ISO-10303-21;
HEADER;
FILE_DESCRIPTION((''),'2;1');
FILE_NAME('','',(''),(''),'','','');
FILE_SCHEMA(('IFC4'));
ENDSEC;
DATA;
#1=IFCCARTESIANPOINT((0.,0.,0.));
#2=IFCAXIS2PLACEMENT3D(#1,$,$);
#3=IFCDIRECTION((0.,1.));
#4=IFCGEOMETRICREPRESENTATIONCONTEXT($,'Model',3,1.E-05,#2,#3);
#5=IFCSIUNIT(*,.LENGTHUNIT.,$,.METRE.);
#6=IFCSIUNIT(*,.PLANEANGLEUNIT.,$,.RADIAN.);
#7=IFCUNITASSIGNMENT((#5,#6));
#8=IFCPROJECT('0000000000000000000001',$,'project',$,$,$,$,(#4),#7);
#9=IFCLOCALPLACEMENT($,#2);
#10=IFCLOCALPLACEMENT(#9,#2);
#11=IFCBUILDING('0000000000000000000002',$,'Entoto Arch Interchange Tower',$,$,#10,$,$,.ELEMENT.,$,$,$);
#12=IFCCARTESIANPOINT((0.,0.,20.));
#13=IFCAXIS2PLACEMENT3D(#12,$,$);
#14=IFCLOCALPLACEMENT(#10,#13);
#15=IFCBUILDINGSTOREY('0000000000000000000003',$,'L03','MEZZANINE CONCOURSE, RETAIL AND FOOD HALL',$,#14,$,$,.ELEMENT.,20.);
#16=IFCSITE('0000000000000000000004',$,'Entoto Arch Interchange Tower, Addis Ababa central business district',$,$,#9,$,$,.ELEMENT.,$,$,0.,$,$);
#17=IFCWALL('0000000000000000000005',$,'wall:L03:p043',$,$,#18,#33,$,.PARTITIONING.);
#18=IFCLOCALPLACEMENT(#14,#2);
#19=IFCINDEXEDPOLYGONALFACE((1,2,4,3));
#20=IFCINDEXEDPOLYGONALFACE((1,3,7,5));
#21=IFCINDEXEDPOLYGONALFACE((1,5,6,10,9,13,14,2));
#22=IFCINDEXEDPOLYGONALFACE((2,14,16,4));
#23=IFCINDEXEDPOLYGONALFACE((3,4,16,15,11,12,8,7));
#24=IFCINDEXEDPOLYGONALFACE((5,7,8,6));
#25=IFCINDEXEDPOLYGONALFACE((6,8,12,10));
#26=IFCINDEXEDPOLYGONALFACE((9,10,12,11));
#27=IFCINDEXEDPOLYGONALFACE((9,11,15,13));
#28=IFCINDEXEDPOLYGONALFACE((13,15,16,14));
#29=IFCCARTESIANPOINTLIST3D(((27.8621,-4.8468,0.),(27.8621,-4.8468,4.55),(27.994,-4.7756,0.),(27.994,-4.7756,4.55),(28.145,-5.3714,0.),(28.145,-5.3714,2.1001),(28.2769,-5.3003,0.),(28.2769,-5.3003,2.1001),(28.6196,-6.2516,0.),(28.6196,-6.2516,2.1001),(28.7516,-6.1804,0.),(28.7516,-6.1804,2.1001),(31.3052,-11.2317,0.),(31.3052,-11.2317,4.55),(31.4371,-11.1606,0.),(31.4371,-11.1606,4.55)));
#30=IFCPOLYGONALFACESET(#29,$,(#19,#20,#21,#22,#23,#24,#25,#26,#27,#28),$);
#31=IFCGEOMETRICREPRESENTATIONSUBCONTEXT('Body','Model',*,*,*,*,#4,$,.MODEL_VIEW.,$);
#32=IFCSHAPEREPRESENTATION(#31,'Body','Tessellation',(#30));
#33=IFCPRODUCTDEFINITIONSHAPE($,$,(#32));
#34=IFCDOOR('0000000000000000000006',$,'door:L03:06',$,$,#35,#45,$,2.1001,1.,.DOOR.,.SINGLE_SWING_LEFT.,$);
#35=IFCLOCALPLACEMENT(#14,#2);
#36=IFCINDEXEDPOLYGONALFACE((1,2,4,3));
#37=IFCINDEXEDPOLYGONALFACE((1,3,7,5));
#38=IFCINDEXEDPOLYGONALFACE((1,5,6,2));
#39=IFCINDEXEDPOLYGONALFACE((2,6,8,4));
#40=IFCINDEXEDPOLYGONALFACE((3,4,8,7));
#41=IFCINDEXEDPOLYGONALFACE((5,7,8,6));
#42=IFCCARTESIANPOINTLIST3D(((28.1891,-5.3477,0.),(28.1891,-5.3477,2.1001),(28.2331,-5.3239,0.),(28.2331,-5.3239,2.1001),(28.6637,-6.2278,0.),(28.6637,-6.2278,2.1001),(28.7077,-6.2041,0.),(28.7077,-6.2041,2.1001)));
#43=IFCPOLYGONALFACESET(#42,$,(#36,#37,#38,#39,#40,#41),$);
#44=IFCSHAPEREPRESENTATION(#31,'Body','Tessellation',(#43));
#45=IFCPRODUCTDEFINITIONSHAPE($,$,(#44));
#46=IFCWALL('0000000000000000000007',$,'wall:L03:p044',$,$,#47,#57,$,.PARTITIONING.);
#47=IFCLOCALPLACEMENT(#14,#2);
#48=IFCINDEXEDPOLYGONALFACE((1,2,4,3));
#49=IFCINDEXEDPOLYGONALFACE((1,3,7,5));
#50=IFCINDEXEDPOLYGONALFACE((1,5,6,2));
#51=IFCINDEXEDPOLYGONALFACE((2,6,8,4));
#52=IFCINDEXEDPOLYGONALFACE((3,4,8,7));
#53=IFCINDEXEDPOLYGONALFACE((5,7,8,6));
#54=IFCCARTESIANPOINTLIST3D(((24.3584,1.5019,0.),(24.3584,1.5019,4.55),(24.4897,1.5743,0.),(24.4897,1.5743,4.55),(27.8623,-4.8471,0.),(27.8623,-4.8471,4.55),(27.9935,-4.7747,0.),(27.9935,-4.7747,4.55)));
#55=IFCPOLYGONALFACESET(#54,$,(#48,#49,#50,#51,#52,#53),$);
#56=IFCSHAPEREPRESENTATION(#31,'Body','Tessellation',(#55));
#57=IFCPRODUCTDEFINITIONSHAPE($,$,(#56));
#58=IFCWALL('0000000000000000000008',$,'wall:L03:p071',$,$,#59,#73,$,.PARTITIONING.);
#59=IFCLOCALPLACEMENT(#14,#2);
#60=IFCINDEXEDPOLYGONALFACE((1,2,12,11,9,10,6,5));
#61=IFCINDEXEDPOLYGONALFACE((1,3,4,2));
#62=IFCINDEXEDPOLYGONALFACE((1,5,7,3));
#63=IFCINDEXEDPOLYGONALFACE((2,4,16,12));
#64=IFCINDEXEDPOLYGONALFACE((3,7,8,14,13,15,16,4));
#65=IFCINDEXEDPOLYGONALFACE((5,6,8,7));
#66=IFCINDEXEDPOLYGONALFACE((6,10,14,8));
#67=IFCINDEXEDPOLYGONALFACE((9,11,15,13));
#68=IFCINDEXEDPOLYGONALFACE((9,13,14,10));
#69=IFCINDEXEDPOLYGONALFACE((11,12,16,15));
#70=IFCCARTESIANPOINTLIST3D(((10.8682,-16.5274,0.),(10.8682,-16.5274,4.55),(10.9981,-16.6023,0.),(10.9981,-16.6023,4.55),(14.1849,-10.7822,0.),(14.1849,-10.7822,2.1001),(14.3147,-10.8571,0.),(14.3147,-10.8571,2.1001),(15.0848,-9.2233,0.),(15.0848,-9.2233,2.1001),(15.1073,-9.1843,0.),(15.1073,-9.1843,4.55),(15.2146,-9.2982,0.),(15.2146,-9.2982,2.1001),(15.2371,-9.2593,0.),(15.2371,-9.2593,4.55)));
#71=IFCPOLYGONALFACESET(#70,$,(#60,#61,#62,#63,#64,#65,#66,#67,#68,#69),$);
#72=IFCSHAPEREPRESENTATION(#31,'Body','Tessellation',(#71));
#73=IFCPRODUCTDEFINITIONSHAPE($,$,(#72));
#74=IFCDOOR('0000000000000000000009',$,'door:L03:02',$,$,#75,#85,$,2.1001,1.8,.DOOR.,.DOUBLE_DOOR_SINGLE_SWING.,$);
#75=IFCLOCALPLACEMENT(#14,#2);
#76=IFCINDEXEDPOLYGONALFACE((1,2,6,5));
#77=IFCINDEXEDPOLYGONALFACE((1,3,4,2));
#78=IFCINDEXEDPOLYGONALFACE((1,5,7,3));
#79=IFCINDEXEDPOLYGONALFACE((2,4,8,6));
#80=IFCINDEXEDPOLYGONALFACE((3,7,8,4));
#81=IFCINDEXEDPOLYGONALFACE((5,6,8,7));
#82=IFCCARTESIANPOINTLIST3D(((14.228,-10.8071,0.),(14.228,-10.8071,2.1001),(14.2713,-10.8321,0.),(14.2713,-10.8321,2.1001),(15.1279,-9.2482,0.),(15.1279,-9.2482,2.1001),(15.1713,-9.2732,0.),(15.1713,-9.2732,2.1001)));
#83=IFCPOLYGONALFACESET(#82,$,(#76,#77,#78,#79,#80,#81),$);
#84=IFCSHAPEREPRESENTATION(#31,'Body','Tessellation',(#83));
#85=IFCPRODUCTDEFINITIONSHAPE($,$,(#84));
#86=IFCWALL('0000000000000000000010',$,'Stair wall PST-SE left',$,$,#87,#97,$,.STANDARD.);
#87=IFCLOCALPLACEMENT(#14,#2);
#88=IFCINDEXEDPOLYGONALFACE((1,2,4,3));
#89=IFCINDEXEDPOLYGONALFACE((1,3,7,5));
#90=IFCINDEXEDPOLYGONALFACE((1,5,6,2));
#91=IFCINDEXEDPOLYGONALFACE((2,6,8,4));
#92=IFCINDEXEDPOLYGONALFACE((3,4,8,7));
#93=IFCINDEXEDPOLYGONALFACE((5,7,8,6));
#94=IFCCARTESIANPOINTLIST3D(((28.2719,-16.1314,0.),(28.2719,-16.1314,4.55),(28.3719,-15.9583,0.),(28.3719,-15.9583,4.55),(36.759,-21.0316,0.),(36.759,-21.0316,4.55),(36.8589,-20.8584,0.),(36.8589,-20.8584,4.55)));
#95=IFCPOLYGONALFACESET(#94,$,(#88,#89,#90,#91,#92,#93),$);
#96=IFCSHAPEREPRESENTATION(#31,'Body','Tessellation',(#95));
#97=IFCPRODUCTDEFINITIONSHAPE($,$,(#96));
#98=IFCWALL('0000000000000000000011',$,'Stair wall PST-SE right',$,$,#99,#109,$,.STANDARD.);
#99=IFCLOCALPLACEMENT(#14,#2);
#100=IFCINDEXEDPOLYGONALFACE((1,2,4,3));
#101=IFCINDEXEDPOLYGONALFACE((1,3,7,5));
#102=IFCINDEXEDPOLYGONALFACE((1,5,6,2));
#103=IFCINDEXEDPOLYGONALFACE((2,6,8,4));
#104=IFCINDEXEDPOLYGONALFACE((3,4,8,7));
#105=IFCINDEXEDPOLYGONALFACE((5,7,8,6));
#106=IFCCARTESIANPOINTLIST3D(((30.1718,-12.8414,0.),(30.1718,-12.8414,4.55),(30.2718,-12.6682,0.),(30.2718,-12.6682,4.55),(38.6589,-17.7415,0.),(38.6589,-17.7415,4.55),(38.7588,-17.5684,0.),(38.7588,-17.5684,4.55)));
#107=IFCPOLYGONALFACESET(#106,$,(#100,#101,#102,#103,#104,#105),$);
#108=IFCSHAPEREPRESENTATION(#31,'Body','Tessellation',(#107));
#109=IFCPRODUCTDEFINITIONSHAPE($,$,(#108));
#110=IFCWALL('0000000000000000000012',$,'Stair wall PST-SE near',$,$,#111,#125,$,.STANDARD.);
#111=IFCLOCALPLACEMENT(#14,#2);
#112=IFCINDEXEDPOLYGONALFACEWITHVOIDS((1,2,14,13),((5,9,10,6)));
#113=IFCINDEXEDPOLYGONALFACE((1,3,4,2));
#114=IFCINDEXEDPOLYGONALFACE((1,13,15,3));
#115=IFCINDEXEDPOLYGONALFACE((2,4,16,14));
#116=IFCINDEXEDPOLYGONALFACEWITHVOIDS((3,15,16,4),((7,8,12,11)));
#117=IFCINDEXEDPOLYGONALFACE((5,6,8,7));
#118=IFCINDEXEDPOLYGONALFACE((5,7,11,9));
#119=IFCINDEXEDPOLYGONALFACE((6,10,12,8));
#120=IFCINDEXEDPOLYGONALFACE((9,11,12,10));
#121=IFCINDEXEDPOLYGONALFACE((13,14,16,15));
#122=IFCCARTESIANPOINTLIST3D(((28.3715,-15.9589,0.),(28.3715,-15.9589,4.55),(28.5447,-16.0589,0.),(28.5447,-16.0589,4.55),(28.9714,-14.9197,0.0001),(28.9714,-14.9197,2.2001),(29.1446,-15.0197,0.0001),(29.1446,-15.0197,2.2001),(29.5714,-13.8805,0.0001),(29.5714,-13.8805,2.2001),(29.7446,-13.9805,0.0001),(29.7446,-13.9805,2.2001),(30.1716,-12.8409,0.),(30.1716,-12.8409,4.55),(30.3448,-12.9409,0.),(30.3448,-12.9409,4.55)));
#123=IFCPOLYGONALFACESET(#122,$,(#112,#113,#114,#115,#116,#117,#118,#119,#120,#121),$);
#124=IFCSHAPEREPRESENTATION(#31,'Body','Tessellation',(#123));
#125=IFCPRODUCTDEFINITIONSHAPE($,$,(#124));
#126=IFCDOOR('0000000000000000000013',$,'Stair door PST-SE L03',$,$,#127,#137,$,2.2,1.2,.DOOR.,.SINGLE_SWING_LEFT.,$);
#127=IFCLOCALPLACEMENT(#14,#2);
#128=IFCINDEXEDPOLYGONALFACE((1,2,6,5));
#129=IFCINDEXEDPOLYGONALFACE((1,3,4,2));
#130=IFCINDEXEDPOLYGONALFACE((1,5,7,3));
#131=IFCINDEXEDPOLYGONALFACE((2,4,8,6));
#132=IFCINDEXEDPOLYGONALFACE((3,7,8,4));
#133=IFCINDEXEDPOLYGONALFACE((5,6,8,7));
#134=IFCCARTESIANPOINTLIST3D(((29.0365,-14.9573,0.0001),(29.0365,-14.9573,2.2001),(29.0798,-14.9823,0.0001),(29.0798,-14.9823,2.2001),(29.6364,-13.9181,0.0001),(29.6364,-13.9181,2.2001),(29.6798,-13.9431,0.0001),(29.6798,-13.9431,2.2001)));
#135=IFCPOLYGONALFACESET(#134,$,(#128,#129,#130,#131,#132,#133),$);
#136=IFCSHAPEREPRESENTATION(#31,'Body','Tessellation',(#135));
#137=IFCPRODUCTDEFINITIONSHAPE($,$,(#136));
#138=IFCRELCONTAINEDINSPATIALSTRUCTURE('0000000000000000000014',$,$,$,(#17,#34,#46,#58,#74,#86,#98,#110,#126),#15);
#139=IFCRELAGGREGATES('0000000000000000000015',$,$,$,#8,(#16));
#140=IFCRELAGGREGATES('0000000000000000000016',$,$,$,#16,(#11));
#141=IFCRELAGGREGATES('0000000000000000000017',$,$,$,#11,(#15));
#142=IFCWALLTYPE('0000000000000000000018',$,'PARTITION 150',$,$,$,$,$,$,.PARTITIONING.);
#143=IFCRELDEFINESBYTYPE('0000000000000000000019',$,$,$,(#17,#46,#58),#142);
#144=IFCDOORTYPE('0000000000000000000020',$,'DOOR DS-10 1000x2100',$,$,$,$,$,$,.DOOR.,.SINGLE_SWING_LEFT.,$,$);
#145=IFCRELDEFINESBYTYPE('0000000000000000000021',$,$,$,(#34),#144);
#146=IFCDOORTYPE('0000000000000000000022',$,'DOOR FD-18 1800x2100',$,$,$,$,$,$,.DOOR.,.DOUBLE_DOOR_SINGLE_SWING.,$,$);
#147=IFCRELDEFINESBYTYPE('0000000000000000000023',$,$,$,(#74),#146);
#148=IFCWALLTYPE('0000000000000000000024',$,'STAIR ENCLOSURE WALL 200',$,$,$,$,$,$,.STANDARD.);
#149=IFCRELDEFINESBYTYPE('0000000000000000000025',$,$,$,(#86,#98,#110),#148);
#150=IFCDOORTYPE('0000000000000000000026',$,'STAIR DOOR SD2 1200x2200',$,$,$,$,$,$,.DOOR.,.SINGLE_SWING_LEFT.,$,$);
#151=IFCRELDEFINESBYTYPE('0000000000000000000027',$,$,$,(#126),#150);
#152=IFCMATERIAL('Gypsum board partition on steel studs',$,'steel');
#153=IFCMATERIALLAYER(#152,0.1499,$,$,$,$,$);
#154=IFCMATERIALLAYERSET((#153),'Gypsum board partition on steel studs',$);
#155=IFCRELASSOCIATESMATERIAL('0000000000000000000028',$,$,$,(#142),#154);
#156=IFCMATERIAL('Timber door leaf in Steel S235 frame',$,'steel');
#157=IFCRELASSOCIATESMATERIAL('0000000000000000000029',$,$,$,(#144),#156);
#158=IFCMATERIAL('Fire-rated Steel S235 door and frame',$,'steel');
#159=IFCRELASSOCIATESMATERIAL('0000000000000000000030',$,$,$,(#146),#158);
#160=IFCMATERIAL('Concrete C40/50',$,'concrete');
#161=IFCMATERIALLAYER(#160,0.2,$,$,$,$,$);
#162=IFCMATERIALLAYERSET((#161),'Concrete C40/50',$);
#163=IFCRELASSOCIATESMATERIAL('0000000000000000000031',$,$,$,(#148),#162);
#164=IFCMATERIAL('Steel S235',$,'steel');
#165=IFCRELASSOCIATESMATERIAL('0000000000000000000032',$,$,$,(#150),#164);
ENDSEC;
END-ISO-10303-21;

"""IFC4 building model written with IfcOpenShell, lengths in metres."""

from ifc_helpers import new_model, si_unit, direction, frame, frame_2d, origin, place, context, subcontext, project, spatial, rectangle, extrude, material, layer, layer_set, type_object, element, fill, save


model = new_model("IFC4")

# Units and contexts
model_context = context("Model", 3, precision=1e-05, world=origin(), true_north=direction((0.0, 1.0)))
body_context = subcontext(model_context, "Body", "Model", "MODEL_VIEW")
ifc_project = project(units=[si_unit("LENGTHUNIT", "METRE"), si_unit("PLANEANGLEUNIT", "RADIAN")], contexts=[model_context])

# Site, building, storey
site_placement = place(None, origin())
site = spatial("IfcSite", under=ifc_project, at=site_placement, Name="Entoto Arch Interchange Tower, Addis Ababa central business district", CompositionType="ELEMENT", RefElevation=0.0)
building_placement = place(site_placement, origin())
building = spatial("IfcBuilding", under=site, at=building_placement, Name="Entoto Arch Interchange Tower", CompositionType="ELEMENT")
storey_placement = place(building_placement, frame((0.0, 0.0, 20.0)))
storey = spatial("IfcBuildingStorey", under=building, at=storey_placement, Name="L03", Description="MEZZANINE CONCOURSE, RETAIL AND FOOD HALL", CompositionType="ELEMENT", Elevation=20.0)

# Shared definitions
ifc_material_1 = material(Name="Concrete C40/50", Category="concrete")

# Shared definitions
ifc_material_2 = material(Name="Gypsum board partition on steel studs", Category="steel")
ifc_layer_1 = layer(ifc_material_2, 0.1499)
ifc_layer_set_1 = layer_set([ifc_layer_1], Name="Gypsum board partition on steel studs")
wall_type_1 = type_object("IfcWallType", Name="PARTITION 150", PredefinedType="PARTITIONING", material=ifc_layer_set_1)

# Shared definitions
ifc_material_3 = material(Name="Timber door leaf in Steel S235 frame", Category="steel")

# Wall, opening, door
wall_1_placement = place(storey_placement, frame((31.3711, -11.196, 0.0), z_axis=(0.0, 0.0, 1.0), x_axis=(-0.474638, 0.880181, 0.0)))
wall_1 = element("IfcWall", 1, at=wall_1_placement, inside=storey, type_object=wall_type_1, Name="wall:L03:p043", PredefinedType="PARTITIONING", context=body_context, shape_type="SweptSolid", body=[
    extrude(rectangle(XDim=7.2542, YDim=0.1499, at=frame_2d((3.627, 0.0))), origin(), (0.0, 0.0, 1.0), 4.55),
])
opening_1_placement = place(wall_1_placement, frame((5.658, 0.0, 0.0)))
opening_1 = element("IfcOpeningElement", 2, at=opening_1_placement, cuts=wall_1, PredefinedType="OPENING", context=body_context, shape_type="SweptSolid", body=[
    extrude(rectangle(XDim=1.0, YDim=2.1001, at=frame_2d((0.5, 1.05))), frame((0.0, 0.085, 0.0), z_axis=(0.0, -1.0, 0.0), x_axis=(1.0, 0.0, 0.0)), (0.0, 0.0, 1.0), 0.1699),
])
door_type_1 = type_object("IfcDoorType", Name="DOOR DS-10 1000x2100", OperationType="SINGLE_SWING_LEFT", PredefinedType="DOOR", material=ifc_material_3)
door_1_placement = place(opening_1_placement, origin())
door_1 = element("IfcDoor", 3, at=door_1_placement, inside=storey, type_object=door_type_1, Name="door:L03:06", OperationType="SINGLE_SWING_LEFT", OverallHeight=2.1001, OverallWidth=1.0, PredefinedType="DOOR", context=body_context, shape_type="SweptSolid", body=[
    extrude(rectangle(XDim=1.0, YDim=2.1001, at=frame_2d((0.5, 1.05))), frame((0.0, 0.0249, 0.0), z_axis=(0.0, -1.0, 0.0), x_axis=(1.0, 0.0, 0.0)), (0.0, 0.0, 1.0), 0.05),
])
fill(opening_1, door_1)

# Wall
wall_2_placement = place(storey_placement, frame((27.928, -4.811, 0.0), z_axis=(0.0, 0.0, 1.0), x_axis=(-0.483177, 0.875523, 0.0)))
element("IfcWall", 4, at=wall_2_placement, inside=storey, type_object=wall_type_1, Name="wall:L03:p044", PredefinedType="PARTITIONING", context=body_context, shape_type="SweptSolid", body=[
    extrude(rectangle(XDim=7.2517, YDim=0.1499, at=frame_2d((3.626, 0.0))), origin(), (0.0, 0.0, 1.0), 4.55),
])

# Wall, opening, door
wall_3_placement = place(storey_placement, frame((15.1721, -9.2219, 0.0), z_axis=(0.0, 0.0, 1.0), x_axis=(-0.499958, -0.86605, 0.0)))
wall_3 = element("IfcWall", 5, at=wall_3_placement, inside=storey, type_object=wall_type_1, Name="wall:L03:p071", PredefinedType="PARTITIONING", context=body_context, shape_type="SweptSolid", body=[
    extrude(rectangle(XDim=8.4788, YDim=0.1499, at=frame_2d((4.2393, 0.0))), origin(), (0.0, 0.0, 1.0), 4.55),
])
opening_2_placement = place(wall_3_placement, frame((0.0449, 0.0, 0.0)))
opening_2 = element("IfcOpeningElement", 6, at=opening_2_placement, cuts=wall_3, PredefinedType="OPENING", context=body_context, shape_type="SweptSolid", body=[
    extrude(rectangle(XDim=1.8, YDim=2.1001, at=frame_2d((0.8999, 1.05))), frame((0.0, 0.085, 0.0), z_axis=(0.0, -1.0, 0.0), x_axis=(1.0, 0.0, 0.0)), (0.0, 0.0, 1.0), 0.1699),
])
ifc_material_4 = material(Name="Fire-rated Steel S235 door and frame", Category="steel")
door_type_2 = type_object("IfcDoorType", Name="DOOR FD-18 1800x2100", OperationType="DOUBLE_DOOR_SINGLE_SWING", PredefinedType="DOOR", material=ifc_material_4)
door_2_placement = place(opening_2_placement, origin())
door_2 = element("IfcDoor", 7, at=door_2_placement, inside=storey, type_object=door_type_2, Name="door:L03:02", OperationType="DOUBLE_DOOR_SINGLE_SWING", OverallHeight=2.1001, OverallWidth=1.8, PredefinedType="DOOR", context=body_context, shape_type="SweptSolid", body=[
    extrude(rectangle(XDim=1.8, YDim=2.1001, at=frame_2d((0.8999, 1.05))), frame((0.0, 0.0249, 0.0), z_axis=(0.0, -1.0, 0.0), x_axis=(1.0, 0.0, 0.0)), (0.0, 0.0, 1.0), 0.05),
])
fill(opening_2, door_2)

# Walls
ifc_layer_2 = layer(ifc_material_1, 0.2)
ifc_layer_set_2 = layer_set([ifc_layer_2], Name="Concrete C40/50")
wall_type_2 = type_object("IfcWallType", Name="STAIR ENCLOSURE WALL 200", PredefinedType="STANDARD", material=ifc_layer_set_2)
for number, where, z_axis, x_axis, name in (
    (8, (28.322, -16.0449, 0.0), (0.0, 0.0, 1.0), (0.866019, -0.500011, 0.0), "Stair wall PST-SE left"),
    (9, (30.2219, -12.7549, 0.0), (0.0, 0.0, 1.0), (0.866019, -0.500011, 0.0), "Stair wall PST-SE right"),
):
    element("IfcWall", number, at=place(storey_placement, frame(where, z_axis=z_axis, x_axis=x_axis)), inside=storey, type_object=wall_type_2, Name=name, PredefinedType="STANDARD", context=body_context, shape_type="SweptSolid", body=[
        extrude(rectangle(XDim=9.8, YDim=0.2, at=frame_2d((4.8999, 0.0))), origin(), (0.0, 0.0, 1.0), 4.55),
    ])

# Wall, opening, door
wall_4_placement = place(storey_placement, frame((28.458, -16.009, 0.0), z_axis=(0.0, 0.0, 1.0), x_axis=(0.499983, 0.866035, 0.0)))
wall_4 = element("IfcWall", 10, at=wall_4_placement, inside=storey, type_object=wall_type_2, Name="Stair wall PST-SE near", PredefinedType="STANDARD", context=body_context, shape_type="SweptSolid", body=[
    extrude(rectangle(XDim=3.6003, YDim=0.2, at=frame_2d((1.8003, 0.0))), origin(), (0.0, 0.0, 1.0), 4.55),
])
opening_3_placement = place(wall_4_placement, frame((1.2, 0.0, 0.0)))
opening_3 = element("IfcOpeningElement", 11, at=opening_3_placement, cuts=wall_4, PredefinedType="OPENING", context=body_context, shape_type="SweptSolid", body=[
    extrude(rectangle(XDim=1.2, YDim=2.2, at=frame_2d((0.6001, 1.1001))), frame((0.0, 0.1099, 0.0), z_axis=(0.0, -1.0, 0.0), x_axis=(1.0, 0.0, 0.0)), (0.0, 0.0, 1.0), 0.22),
])
ifc_material_5 = material(Name="Steel S235", Category="steel")
door_type_3 = type_object("IfcDoorType", Name="STAIR DOOR SD2 1200x2200", OperationType="SINGLE_SWING_LEFT", PredefinedType="DOOR", material=ifc_material_5)
door_3_placement = place(opening_3_placement, origin())
door_3 = element("IfcDoor", 12, at=door_3_placement, inside=storey, type_object=door_type_3, Name="Stair door PST-SE L03", OperationType="SINGLE_SWING_LEFT", OverallHeight=2.2, OverallWidth=1.2, PredefinedType="DOOR", context=body_context, shape_type="SweptSolid", body=[
    extrude(rectangle(XDim=1.2, YDim=2.2, at=frame_2d((0.6001, 1.1001))), frame((0.0, 0.0249, 0.0), z_axis=(0.0, -1.0, 0.0), x_axis=(1.0, 0.0, 0.0)), (0.0, 0.0, 1.0), 0.05),
])
fill(opening_3, door_3)

save(model, "model.ifc")
